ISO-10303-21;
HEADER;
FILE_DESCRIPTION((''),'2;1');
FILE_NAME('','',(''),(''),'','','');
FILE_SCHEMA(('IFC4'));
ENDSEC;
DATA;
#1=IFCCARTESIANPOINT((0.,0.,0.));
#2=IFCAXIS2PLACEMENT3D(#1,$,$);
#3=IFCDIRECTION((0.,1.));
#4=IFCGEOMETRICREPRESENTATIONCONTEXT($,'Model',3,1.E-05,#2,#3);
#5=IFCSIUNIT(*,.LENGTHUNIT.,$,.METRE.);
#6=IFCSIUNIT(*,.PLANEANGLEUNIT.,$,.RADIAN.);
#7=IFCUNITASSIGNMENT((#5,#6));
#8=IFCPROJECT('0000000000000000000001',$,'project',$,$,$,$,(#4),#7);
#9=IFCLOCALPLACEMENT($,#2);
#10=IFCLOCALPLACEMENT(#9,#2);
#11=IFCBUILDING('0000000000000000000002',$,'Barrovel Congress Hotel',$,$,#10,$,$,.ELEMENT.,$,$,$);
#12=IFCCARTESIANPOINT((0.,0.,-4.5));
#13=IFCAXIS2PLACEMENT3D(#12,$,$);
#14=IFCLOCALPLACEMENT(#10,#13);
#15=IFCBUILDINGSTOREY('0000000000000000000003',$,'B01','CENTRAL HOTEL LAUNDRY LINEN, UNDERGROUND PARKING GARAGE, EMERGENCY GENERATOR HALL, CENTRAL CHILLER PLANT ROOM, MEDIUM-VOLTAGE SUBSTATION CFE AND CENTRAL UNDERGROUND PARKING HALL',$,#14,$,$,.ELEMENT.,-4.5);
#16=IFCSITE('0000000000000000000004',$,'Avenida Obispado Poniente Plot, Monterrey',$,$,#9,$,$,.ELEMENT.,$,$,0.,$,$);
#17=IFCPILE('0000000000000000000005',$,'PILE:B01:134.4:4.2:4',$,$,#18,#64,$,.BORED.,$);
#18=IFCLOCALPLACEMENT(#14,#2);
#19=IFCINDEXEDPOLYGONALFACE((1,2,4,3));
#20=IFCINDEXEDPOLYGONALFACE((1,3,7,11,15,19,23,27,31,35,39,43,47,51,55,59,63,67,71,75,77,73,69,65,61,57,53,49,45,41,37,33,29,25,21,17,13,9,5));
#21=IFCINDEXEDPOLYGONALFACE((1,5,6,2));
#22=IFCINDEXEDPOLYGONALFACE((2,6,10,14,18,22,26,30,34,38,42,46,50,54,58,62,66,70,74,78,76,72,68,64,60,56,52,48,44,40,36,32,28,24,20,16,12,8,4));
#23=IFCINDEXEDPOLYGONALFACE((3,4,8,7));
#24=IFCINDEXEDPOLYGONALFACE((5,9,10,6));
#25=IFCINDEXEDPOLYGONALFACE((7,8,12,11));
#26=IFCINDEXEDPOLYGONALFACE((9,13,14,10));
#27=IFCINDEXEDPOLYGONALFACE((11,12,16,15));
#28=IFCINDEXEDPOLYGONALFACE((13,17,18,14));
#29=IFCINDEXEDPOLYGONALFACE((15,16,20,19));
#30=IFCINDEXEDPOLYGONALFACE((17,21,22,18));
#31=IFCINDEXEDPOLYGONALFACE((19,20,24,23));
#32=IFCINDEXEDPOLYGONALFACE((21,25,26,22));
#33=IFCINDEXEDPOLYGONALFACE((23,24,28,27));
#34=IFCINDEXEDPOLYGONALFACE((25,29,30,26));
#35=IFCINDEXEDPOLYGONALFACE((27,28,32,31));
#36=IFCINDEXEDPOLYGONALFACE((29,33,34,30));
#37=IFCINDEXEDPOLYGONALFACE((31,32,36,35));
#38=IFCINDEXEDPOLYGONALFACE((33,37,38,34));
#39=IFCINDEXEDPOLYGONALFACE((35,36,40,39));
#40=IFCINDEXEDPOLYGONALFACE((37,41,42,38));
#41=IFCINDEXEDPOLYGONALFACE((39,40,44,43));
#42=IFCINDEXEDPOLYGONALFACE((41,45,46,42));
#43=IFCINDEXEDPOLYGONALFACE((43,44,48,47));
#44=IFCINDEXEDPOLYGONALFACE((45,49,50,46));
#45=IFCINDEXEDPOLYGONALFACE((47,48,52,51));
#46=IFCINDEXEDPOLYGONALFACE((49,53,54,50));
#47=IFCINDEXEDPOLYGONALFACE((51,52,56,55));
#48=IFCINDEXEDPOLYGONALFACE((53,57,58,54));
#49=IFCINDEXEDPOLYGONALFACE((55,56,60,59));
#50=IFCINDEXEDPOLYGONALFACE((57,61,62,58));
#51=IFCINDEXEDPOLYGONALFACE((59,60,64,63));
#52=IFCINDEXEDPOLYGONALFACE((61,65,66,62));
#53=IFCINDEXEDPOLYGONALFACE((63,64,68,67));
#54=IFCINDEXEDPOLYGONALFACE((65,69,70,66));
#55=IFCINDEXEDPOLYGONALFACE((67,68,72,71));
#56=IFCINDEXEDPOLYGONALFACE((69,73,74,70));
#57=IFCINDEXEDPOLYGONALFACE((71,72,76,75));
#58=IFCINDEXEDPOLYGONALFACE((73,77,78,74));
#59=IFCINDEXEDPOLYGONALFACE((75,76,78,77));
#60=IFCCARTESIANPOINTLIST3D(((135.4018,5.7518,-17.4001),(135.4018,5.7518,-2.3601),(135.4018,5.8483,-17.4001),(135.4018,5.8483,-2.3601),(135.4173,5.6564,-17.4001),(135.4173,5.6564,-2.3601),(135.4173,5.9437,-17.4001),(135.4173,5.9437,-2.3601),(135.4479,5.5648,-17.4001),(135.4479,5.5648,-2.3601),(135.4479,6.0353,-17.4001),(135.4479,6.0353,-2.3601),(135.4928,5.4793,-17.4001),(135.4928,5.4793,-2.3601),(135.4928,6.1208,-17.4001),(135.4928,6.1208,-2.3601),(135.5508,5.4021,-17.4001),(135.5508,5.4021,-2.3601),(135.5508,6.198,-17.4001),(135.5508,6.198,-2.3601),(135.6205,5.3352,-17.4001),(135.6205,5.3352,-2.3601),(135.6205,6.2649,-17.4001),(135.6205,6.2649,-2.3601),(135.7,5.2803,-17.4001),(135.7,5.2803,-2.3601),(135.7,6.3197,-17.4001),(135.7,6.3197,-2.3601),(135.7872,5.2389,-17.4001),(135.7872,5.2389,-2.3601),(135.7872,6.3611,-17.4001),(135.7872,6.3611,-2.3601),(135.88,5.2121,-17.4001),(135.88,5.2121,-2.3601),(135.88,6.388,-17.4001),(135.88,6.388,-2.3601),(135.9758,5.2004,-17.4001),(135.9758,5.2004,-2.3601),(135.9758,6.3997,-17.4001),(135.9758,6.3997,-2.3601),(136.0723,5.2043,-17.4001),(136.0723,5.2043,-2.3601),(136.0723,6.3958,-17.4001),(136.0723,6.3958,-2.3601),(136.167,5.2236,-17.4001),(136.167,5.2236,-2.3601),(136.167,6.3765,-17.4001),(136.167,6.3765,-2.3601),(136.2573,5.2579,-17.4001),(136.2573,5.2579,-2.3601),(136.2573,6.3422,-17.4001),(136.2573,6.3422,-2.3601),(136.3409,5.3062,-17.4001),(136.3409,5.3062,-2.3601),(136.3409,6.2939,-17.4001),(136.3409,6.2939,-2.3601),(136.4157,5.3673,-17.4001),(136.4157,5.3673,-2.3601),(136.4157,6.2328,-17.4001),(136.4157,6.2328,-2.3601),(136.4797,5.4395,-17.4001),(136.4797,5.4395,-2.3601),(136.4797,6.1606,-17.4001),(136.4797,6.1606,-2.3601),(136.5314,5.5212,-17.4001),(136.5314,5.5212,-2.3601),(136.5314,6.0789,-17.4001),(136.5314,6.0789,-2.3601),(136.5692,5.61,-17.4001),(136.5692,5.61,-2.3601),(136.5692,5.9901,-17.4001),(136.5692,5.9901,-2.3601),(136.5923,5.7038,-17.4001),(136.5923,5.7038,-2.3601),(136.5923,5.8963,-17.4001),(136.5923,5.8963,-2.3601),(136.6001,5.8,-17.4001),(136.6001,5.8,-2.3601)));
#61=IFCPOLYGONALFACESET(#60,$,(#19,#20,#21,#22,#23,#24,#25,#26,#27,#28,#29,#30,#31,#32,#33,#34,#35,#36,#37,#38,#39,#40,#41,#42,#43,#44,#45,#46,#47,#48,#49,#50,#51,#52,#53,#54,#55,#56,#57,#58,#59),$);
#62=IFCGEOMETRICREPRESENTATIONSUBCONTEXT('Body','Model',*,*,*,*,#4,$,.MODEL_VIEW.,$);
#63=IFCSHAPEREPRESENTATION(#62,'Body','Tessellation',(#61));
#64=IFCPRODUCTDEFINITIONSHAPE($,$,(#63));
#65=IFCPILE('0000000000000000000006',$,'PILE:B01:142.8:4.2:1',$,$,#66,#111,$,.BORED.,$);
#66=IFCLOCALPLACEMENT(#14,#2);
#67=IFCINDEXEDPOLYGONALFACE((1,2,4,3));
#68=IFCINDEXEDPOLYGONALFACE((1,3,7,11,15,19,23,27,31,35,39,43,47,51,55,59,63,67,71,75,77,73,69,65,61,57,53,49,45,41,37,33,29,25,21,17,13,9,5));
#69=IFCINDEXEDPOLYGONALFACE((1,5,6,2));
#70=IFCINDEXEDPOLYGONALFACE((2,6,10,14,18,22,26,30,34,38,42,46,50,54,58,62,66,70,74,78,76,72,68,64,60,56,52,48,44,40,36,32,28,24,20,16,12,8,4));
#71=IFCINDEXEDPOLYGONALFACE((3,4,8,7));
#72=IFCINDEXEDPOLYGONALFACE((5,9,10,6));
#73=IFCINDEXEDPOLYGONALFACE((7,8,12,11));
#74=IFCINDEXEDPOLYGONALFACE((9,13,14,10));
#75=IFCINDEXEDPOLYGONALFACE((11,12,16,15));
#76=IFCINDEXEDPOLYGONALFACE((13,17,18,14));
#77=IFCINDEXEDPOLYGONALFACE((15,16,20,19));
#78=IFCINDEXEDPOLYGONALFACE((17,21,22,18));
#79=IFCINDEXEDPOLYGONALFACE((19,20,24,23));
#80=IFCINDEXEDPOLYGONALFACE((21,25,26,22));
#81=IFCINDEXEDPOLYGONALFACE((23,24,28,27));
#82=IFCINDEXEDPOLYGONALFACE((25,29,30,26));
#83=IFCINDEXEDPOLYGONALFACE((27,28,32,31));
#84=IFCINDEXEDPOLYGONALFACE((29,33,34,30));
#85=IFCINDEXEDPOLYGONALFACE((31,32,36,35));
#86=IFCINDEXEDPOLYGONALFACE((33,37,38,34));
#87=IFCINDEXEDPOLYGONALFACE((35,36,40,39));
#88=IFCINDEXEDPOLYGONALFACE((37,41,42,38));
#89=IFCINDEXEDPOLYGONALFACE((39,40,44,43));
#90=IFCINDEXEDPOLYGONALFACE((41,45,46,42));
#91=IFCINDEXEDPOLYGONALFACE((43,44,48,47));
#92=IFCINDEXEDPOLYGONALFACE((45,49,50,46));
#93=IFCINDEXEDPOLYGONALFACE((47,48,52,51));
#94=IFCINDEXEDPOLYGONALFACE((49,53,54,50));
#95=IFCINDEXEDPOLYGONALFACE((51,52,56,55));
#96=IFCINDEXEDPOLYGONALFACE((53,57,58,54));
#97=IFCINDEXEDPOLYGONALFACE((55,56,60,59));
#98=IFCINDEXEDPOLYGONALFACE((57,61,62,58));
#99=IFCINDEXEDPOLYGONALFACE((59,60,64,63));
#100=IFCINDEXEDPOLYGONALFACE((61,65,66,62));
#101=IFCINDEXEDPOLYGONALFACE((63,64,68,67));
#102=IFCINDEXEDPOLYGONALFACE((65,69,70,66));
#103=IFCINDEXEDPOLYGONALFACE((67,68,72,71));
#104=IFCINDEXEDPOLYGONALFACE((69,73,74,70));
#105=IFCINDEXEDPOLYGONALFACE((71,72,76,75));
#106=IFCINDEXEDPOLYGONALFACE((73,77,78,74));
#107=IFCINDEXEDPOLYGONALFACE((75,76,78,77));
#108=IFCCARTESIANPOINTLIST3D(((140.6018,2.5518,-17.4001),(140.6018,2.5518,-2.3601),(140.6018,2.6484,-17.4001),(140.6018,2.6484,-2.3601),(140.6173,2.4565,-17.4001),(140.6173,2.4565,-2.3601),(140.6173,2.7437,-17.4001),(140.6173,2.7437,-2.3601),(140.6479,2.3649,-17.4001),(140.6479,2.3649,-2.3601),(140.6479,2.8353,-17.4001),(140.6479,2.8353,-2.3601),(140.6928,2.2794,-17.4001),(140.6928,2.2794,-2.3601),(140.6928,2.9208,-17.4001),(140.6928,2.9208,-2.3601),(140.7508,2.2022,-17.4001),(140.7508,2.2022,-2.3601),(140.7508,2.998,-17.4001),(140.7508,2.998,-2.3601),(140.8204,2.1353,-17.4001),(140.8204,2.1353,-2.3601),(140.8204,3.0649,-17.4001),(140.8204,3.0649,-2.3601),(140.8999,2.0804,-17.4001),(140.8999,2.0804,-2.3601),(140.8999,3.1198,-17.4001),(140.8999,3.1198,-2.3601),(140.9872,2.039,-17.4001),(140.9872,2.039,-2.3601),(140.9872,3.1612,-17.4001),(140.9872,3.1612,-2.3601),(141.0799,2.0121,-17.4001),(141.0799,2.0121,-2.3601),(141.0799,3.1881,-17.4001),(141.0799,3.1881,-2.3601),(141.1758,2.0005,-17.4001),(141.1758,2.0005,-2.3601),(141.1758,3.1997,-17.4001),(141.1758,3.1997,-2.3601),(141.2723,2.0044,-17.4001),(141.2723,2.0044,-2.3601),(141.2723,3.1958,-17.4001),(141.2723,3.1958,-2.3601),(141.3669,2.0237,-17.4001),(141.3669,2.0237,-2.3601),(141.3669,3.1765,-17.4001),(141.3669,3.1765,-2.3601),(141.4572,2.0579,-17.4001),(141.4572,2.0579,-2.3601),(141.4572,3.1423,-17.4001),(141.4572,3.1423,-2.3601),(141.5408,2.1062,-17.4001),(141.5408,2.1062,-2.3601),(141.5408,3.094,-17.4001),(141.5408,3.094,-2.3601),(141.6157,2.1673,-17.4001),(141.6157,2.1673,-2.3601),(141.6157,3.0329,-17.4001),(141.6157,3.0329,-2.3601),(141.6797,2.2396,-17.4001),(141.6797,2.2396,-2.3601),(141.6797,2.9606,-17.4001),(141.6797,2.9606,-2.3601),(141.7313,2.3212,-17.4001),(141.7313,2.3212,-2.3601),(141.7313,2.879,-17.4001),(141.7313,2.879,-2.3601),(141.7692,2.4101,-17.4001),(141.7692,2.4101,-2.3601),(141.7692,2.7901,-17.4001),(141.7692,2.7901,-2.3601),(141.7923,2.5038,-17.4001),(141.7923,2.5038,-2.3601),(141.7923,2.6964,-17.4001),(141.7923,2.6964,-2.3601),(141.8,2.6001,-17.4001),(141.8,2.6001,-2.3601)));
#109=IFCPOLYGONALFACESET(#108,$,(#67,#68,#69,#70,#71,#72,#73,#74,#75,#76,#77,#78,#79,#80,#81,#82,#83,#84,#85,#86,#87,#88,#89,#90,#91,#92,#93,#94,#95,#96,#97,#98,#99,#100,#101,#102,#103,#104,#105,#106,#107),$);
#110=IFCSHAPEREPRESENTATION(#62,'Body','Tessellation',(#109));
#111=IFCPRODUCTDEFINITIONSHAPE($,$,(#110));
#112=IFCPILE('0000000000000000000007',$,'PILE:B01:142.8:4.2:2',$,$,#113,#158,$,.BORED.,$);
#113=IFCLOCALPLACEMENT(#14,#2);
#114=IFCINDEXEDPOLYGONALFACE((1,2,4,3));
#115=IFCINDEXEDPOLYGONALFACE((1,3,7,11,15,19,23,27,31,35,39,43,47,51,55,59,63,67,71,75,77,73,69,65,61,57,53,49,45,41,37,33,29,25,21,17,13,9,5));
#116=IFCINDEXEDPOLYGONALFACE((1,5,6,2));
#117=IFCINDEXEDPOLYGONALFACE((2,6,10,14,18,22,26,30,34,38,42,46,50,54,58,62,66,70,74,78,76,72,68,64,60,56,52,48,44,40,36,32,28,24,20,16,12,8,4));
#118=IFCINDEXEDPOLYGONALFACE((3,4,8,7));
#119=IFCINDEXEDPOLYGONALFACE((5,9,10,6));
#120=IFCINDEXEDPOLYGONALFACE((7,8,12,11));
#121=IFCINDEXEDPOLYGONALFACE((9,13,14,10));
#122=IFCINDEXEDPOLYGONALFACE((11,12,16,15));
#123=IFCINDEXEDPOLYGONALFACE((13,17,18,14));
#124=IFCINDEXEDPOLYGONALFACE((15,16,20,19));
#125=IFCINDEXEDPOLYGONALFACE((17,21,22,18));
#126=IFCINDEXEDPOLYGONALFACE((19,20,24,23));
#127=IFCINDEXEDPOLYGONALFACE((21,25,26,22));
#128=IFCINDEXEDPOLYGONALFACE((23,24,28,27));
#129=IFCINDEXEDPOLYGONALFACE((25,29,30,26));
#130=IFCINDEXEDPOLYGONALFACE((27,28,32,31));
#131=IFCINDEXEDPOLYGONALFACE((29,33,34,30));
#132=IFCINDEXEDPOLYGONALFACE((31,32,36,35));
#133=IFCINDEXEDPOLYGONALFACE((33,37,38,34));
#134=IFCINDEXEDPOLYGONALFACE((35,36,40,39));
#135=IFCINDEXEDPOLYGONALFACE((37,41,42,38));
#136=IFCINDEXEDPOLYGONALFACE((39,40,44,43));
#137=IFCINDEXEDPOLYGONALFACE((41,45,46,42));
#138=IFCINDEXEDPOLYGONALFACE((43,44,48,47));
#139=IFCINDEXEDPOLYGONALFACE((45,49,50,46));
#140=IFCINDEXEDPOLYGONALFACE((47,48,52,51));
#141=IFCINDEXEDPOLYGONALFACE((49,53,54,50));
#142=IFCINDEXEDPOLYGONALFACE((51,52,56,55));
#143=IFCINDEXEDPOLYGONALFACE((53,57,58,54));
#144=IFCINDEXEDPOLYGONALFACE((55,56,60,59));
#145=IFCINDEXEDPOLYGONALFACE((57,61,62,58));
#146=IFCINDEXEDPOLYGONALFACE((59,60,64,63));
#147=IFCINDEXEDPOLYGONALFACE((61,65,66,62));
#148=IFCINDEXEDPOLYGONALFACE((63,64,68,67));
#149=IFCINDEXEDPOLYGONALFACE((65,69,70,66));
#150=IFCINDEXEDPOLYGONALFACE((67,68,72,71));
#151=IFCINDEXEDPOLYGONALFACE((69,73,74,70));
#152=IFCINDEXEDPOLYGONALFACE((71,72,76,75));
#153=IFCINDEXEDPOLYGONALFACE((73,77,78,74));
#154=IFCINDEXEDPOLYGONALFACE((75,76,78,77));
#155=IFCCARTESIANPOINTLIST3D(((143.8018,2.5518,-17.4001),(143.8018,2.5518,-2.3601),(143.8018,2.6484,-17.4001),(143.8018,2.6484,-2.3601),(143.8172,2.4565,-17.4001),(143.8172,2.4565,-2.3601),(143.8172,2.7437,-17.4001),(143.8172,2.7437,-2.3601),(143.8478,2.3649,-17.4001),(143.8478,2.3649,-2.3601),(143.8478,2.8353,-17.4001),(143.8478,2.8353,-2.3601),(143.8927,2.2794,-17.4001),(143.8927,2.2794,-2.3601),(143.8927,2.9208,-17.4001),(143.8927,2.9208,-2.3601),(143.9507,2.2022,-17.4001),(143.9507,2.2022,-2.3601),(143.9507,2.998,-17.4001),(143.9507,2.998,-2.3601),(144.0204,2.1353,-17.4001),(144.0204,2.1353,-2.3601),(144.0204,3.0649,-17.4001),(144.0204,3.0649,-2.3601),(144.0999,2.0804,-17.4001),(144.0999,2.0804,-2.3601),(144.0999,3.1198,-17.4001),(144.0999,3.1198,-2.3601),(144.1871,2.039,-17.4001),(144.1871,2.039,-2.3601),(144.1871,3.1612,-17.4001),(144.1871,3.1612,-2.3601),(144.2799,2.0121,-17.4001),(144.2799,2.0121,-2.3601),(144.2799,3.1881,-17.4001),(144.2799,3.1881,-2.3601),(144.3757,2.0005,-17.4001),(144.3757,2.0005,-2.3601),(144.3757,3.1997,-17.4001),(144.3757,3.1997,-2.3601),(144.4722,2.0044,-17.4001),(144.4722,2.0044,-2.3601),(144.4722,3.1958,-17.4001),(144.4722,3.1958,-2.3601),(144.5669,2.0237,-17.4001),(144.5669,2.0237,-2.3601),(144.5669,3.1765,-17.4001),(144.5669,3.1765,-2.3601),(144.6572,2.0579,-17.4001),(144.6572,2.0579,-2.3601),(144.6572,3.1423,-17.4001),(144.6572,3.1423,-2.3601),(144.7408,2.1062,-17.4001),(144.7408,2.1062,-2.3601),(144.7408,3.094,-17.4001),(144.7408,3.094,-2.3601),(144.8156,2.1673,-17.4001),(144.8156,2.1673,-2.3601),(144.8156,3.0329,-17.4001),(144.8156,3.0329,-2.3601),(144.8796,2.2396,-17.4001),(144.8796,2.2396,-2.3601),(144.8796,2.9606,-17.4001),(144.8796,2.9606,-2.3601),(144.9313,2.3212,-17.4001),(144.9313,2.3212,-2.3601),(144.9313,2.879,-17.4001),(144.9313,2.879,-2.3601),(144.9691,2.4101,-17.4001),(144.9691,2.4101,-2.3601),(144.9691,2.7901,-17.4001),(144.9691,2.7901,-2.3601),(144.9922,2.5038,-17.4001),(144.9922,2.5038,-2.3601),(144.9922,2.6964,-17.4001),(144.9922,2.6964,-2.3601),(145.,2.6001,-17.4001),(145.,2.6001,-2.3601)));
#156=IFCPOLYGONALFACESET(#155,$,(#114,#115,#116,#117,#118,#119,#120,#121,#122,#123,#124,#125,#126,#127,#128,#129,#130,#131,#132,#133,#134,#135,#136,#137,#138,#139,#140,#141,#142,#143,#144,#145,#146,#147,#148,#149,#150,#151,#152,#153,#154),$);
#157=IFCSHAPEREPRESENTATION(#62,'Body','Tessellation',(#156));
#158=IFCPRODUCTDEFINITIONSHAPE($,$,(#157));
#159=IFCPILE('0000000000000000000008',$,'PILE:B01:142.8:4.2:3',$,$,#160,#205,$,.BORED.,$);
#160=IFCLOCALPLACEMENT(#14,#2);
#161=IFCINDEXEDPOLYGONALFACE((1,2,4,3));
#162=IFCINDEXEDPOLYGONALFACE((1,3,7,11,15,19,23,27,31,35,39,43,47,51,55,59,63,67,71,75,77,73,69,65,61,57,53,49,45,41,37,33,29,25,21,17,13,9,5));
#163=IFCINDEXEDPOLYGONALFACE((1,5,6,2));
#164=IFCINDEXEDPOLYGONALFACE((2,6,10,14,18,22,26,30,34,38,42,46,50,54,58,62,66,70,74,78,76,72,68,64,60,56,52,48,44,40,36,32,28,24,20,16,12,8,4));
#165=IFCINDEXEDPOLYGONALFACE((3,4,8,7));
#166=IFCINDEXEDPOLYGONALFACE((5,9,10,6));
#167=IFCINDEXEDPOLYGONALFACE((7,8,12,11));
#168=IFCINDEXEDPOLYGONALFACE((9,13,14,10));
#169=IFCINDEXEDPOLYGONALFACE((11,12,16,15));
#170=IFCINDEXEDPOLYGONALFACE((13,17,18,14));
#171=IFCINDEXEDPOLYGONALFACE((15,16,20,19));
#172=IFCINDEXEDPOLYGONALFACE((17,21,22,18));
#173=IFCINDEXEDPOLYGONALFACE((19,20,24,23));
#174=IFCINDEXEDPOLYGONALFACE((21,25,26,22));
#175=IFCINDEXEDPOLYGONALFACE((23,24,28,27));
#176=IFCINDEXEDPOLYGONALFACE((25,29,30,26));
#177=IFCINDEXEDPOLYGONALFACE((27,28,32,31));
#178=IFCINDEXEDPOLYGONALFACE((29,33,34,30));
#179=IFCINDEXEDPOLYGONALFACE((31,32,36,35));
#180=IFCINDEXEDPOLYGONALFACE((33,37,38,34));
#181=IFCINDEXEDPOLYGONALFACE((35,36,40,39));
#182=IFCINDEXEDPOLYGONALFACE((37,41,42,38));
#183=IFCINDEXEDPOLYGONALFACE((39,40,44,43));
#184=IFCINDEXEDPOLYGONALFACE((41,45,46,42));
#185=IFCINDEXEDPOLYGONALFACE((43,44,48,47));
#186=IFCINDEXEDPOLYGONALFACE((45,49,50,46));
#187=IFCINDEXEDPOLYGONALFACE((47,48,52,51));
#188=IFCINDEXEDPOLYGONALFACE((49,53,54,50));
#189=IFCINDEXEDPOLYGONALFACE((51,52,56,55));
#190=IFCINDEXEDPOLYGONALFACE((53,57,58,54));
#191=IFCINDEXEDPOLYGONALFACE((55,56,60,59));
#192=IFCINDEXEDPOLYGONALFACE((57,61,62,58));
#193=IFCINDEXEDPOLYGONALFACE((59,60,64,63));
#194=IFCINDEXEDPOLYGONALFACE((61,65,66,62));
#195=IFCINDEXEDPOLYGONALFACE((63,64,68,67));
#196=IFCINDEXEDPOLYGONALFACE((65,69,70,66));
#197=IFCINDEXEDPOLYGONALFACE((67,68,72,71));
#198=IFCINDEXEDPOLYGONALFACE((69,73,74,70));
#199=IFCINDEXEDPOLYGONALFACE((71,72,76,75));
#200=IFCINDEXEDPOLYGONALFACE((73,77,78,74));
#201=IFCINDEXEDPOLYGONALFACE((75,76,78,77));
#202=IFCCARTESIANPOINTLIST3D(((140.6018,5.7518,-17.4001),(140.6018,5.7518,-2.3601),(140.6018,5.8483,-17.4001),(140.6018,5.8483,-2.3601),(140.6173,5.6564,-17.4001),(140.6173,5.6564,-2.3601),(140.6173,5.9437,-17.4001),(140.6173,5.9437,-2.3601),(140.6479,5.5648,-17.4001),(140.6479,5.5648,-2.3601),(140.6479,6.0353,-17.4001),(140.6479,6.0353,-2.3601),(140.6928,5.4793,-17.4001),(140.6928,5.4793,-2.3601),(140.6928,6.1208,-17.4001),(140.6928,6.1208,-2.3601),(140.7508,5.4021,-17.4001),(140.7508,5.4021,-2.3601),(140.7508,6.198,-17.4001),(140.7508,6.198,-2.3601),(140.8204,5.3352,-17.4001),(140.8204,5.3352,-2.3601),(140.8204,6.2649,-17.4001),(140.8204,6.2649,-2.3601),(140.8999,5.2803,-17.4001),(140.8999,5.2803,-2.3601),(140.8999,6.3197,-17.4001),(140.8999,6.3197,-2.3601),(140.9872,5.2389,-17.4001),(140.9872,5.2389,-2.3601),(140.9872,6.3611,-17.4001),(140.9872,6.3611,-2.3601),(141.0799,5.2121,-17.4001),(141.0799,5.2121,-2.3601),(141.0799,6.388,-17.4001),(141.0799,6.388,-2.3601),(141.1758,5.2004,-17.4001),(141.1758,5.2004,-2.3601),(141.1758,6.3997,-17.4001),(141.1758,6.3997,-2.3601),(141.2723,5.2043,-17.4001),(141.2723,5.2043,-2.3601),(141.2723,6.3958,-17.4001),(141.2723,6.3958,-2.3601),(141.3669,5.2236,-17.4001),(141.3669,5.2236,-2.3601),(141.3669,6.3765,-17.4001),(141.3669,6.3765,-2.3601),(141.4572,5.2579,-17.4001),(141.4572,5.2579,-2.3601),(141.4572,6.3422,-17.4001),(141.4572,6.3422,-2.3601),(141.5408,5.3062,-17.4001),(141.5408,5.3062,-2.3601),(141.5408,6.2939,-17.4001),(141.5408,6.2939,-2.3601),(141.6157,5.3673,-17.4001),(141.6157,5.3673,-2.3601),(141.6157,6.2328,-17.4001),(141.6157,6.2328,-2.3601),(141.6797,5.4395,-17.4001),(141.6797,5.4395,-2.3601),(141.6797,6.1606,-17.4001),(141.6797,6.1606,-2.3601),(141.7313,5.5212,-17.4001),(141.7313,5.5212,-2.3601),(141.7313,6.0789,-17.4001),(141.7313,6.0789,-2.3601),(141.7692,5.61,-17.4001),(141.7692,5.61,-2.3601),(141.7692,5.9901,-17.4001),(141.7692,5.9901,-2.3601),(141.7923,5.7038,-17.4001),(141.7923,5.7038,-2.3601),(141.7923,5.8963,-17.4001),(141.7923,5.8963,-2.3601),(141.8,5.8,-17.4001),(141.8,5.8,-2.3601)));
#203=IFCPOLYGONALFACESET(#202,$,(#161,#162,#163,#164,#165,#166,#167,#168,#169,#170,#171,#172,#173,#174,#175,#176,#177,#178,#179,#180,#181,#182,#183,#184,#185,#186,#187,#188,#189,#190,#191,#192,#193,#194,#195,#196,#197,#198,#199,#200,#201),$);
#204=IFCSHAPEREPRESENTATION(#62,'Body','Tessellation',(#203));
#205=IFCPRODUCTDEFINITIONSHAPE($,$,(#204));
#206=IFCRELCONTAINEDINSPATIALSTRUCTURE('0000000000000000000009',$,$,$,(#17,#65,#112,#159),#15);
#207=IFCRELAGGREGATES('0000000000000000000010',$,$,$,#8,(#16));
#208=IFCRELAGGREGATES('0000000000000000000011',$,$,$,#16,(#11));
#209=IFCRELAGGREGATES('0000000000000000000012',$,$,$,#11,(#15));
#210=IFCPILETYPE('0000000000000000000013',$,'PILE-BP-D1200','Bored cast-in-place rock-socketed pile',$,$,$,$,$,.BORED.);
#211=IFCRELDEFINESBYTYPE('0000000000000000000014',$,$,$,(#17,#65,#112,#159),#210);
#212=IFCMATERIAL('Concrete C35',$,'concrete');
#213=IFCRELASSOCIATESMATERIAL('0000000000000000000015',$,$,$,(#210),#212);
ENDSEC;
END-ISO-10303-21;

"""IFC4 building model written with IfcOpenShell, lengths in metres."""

from ifc_helpers import new_model, si_unit, direction, frame, origin, origin_2d, place, context, subcontext, project, spatial, circle, extrude, material, material_profile, profile_set, type_object, element, save


model = new_model("IFC4")

# Units and contexts
model_context = context("Model", 3, precision=1e-05, world=origin(), true_north=direction((0.0, 1.0)))
body_context = subcontext(model_context, "Body", "Model", "MODEL_VIEW")
ifc_project = project(units=[si_unit("LENGTHUNIT", "METRE"), si_unit("PLANEANGLEUNIT", "RADIAN")], contexts=[model_context])

# Site, building, storey
site_placement = place(None, origin())
site = spatial("IfcSite", under=ifc_project, at=site_placement, Name="Avenida Obispado Poniente Plot, Monterrey", CompositionType="ELEMENT", RefElevation=0.0)
building_placement = place(site_placement, origin())
building = spatial("IfcBuilding", under=site, at=building_placement, Name="Barrovel Congress Hotel", CompositionType="ELEMENT")
storey_placement = place(building_placement, frame((0.0, 0.0, -4.5)))
storey = spatial("IfcBuildingStorey", under=building, at=storey_placement, Name="B01", Description="CENTRAL HOTEL LAUNDRY LINEN, UNDERGROUND PARKING GARAGE, EMERGENCY GENERATOR HALL, CENTRAL CHILLER PLANT ROOM, MEDIUM-VOLTAGE SUBSTATION CFE AND CENTRAL UNDERGROUND PARKING HALL", CompositionType="ELEMENT", Elevation=-4.5)

# Piles
ifc_material_1 = material(Name="Concrete C35", Category="concrete")
ifc_material_profile_1 = material_profile(ifc_material_1, circle(Radius=0.6001, at=origin_2d()), Name="BP-D1200")
ifc_profile_set_1 = profile_set([ifc_material_profile_1], Name="Concrete C35")
pile_type_1 = type_object("IfcPileType", Name="PILE-BP-D1200", Description="Bored cast-in-place rock-socketed pile", PredefinedType="BORED", material=ifc_profile_set_1)
for number, where, z_axis, x_axis, name in (
    (1, (136.0, 5.8, -2.3601), (0.0, 0.0, -1.0), (1.0, 0.0, 0.0), "PILE:B01:134.4:4.2:4"),
    (2, (141.2, 2.6001, -2.3601), (0.0, 0.0, -1.0), (1.0, 0.0, 0.0), "PILE:B01:142.8:4.2:1"),
    (3, (144.3999, 2.6001, -2.3601), (0.0, 0.0, -1.0), (1.0, 0.0, 0.0), "PILE:B01:142.8:4.2:2"),
    (4, (141.2, 5.8, -2.3601), (0.0, 0.0, -1.0), (1.0, 0.0, 0.0), "PILE:B01:142.8:4.2:3"),
):
    element("IfcPile", number, at=place(storey_placement, frame(where, z_axis=z_axis, x_axis=x_axis)), inside=storey, type_object=pile_type_1, Name=name, PredefinedType="BORED", context=body_context, shape_type="SweptSolid", body=[
        extrude(circle(Radius=0.6001, at=origin_2d()), origin(), (0.0, 0.0, 1.0), 15.04),
    ])

save(model, "model.ifc")
